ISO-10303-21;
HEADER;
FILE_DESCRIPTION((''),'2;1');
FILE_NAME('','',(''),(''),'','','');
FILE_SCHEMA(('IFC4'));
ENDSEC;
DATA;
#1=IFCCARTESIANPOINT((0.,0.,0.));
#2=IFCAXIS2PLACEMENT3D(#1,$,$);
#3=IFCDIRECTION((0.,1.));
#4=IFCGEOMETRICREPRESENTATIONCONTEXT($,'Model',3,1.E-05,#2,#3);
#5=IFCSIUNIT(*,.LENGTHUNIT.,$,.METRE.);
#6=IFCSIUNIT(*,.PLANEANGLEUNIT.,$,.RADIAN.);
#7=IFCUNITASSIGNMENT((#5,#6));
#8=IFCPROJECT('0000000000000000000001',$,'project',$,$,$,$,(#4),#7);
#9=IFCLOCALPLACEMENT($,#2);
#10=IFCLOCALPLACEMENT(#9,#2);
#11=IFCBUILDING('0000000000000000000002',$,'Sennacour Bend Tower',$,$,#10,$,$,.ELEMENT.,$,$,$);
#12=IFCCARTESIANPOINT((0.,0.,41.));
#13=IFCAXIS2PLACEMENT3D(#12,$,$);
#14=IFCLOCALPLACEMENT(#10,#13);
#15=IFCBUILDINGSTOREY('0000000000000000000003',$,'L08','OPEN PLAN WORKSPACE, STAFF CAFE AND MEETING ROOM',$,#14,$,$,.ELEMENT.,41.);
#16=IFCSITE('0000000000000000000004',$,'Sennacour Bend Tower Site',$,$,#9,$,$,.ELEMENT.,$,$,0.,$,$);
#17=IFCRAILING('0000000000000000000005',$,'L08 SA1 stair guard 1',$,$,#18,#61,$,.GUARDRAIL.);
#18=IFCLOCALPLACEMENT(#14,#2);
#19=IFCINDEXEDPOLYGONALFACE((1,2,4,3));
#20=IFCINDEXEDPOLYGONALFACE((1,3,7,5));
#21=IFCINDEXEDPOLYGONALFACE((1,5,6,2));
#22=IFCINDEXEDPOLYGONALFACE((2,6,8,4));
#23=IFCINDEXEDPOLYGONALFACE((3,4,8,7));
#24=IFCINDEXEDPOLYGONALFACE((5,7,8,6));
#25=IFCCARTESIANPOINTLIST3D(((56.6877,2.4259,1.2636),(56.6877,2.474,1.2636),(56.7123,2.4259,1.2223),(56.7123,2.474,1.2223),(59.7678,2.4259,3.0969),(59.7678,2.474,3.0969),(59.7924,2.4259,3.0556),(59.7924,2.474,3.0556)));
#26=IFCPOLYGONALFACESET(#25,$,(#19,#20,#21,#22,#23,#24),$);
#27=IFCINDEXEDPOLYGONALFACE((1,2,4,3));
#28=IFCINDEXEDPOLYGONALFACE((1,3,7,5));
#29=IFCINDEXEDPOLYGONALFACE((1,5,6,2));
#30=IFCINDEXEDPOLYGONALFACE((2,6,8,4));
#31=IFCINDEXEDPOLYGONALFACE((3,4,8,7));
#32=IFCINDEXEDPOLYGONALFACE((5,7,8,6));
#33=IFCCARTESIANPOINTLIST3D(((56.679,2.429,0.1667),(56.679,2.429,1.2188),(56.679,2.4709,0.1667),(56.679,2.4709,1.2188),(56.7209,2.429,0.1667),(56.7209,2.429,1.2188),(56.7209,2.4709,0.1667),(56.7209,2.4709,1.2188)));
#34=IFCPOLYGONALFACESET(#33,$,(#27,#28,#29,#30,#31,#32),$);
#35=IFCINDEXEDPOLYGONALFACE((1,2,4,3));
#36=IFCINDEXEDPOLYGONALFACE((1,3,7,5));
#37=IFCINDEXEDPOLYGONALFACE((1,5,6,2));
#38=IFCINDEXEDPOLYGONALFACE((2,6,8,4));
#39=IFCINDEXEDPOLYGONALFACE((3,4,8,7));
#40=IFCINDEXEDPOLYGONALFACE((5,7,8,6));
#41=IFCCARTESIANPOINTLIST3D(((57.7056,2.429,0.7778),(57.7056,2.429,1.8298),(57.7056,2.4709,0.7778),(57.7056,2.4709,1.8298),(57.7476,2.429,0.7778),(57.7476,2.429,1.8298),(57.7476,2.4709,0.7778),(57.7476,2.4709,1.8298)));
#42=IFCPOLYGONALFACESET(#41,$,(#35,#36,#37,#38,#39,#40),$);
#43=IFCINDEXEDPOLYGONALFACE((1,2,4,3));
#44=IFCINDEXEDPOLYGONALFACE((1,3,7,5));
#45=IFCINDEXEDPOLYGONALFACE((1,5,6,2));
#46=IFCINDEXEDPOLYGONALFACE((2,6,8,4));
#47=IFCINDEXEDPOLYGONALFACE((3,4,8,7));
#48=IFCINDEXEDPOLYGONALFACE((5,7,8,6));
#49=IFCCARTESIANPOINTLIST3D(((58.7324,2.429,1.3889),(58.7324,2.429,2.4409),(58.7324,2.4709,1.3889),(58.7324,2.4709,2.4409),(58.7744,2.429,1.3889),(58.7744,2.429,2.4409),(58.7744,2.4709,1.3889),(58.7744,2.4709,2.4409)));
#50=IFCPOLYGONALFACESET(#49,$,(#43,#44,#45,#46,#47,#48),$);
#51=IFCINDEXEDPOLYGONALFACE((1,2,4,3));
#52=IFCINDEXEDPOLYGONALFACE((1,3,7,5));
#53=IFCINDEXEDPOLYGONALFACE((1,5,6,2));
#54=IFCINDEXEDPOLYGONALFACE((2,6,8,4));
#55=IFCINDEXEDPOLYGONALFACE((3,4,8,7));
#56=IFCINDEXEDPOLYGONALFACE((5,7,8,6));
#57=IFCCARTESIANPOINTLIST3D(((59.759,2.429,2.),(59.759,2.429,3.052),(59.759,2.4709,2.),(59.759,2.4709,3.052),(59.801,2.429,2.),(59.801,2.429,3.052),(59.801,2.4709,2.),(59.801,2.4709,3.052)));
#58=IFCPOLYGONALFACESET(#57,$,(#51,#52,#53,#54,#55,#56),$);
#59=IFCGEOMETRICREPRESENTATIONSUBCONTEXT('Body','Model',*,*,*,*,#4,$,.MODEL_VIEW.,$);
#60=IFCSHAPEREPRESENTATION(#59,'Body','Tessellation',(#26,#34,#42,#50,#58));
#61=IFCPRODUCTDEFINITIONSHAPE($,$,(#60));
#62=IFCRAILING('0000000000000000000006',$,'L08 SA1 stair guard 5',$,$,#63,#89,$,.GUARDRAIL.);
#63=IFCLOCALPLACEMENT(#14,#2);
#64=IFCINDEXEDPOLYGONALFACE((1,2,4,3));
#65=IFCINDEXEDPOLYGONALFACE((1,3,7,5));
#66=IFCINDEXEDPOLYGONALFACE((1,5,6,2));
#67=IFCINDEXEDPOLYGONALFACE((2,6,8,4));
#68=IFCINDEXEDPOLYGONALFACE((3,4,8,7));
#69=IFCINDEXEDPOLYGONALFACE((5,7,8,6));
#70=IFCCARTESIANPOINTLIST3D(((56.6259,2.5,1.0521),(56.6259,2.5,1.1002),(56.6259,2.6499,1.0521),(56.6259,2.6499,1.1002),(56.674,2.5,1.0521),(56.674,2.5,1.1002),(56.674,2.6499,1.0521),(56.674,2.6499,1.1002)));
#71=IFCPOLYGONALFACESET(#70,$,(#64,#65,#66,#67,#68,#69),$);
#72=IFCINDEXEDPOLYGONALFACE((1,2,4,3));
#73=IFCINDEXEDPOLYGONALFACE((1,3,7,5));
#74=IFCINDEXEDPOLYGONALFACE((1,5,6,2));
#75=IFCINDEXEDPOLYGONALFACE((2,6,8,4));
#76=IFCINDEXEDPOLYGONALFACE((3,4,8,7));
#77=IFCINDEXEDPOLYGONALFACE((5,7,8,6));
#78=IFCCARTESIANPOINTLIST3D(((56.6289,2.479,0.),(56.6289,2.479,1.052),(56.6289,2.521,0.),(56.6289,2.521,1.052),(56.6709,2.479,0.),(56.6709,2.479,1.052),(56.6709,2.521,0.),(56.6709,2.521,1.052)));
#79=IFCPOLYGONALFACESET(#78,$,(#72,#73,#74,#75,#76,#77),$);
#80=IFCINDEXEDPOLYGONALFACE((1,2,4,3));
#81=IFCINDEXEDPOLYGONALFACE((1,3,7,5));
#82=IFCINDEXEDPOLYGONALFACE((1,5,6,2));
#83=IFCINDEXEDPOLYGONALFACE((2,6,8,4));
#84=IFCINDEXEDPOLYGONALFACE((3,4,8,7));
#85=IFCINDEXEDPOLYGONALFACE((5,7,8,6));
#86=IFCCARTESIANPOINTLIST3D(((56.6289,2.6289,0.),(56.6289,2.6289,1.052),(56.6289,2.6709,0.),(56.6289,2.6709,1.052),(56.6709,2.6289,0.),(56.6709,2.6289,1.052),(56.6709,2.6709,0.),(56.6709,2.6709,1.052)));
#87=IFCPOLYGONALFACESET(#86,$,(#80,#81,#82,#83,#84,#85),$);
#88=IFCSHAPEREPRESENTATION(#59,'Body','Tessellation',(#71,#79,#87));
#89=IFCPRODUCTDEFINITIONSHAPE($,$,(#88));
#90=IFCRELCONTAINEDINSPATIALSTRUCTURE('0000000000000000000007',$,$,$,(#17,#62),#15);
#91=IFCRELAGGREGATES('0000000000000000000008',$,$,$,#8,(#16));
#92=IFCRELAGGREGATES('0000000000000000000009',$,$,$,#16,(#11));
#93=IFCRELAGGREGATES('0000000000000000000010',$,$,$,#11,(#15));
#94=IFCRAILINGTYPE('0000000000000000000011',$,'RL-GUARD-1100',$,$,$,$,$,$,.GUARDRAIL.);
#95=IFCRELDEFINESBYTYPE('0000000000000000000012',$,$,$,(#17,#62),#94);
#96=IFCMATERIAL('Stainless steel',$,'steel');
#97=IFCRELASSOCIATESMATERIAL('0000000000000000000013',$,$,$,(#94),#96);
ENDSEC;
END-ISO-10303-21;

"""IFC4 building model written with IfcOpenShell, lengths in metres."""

from ifc_helpers import new_model, si_unit, direction, frame, origin, origin_2d, place, context, subcontext, project, spatial, rectangle, extrude, material, type_object, element, save


model = new_model("IFC4")

# Units and contexts
model_context = context("Model", 3, precision=1e-05, world=origin(), true_north=direction((0.0, 1.0)))
body_context = subcontext(model_context, "Body", "Model", "MODEL_VIEW")
ifc_project = project(units=[si_unit("LENGTHUNIT", "METRE"), si_unit("PLANEANGLEUNIT", "RADIAN")], contexts=[model_context])

# Site, building, storey
site_placement = place(None, origin())
site = spatial("IfcSite", under=ifc_project, at=site_placement, Name="Sennacour Bend Tower Site", CompositionType="ELEMENT", RefElevation=0.0)
building_placement = place(site_placement, origin())
building = spatial("IfcBuilding", under=site, at=building_placement, Name="Sennacour Bend Tower", CompositionType="ELEMENT")
storey_placement = place(building_placement, frame((0.0, 0.0, 41.0)))
storey = spatial("IfcBuildingStorey", under=building, at=storey_placement, Name="L08", Description="OPEN PLAN WORKSPACE, STAFF CAFE AND MEETING ROOM", CompositionType="ELEMENT", Elevation=41.0)

# Shared definitions
ifc_material_1 = material(Name="Stainless steel", Category="steel")

# Railings
railing_type = type_object("IfcRailingType", Name="RL-GUARD-1100", PredefinedType="GUARDRAIL", material=ifc_material_1)
railing_1_placement = place(storey_placement, frame((56.7, 2.45, 0.1667)))
element("IfcRailing", 1, at=railing_1_placement, inside=storey, type_object=railing_type, Name="L08 SA1 stair guard 1", PredefinedType="GUARDRAIL", context=body_context, shape_type="SweptSolid", body=[
    extrude(rectangle(XDim=0.0481, YDim=0.0481, at=origin_2d()), frame((0.0, 0.0, 1.0762), z_axis=(0.859309, 0.0, 0.511458), x_axis=(0.0, 1.0, 0.0)), (0.0, 0.0, 1.0), 3.5845),
    extrude(rectangle(XDim=0.042, YDim=0.042, at=origin_2d()), origin(), (0.0, 0.0, 1.0), 1.052),
    extrude(rectangle(XDim=0.042, YDim=0.042, at=origin_2d()), frame((1.0266, 0.0, 0.6111)), (0.0, 0.0, 1.0), 1.052),
    extrude(rectangle(XDim=0.042, YDim=0.042, at=origin_2d()), frame((2.0535, 0.0, 1.2222)), (0.0, 0.0, 1.0), 1.052),
    extrude(rectangle(XDim=0.042, YDim=0.042, at=origin_2d()), frame((3.0801, 0.0, 1.8333)), (0.0, 0.0, 1.0), 1.052),
])
railing_2_placement = place(storey_placement, frame((56.6499, 2.5, 0.0)))
element("IfcRailing", 2, at=railing_2_placement, inside=storey, type_object=railing_type, Name="L08 SA1 stair guard 5", PredefinedType="GUARDRAIL", context=body_context, shape_type="SweptSolid", body=[
    extrude(rectangle(XDim=0.0481, YDim=0.0481, at=origin_2d()), frame((0.0, 0.0, 1.0762), z_axis=(0.0, 1.0, 0.0), x_axis=(-1.0, 0.0, 0.0)), (0.0, 0.0, 1.0), 0.1499),
    extrude(rectangle(XDim=0.042, YDim=0.042, at=origin_2d()), origin(), (0.0, 0.0, 1.0), 1.052),
    extrude(rectangle(XDim=0.042, YDim=0.042, at=origin_2d()), frame((0.0, 0.1499, 0.0)), (0.0, 0.0, 1.0), 1.052),
])

save(model, "model.ifc")
